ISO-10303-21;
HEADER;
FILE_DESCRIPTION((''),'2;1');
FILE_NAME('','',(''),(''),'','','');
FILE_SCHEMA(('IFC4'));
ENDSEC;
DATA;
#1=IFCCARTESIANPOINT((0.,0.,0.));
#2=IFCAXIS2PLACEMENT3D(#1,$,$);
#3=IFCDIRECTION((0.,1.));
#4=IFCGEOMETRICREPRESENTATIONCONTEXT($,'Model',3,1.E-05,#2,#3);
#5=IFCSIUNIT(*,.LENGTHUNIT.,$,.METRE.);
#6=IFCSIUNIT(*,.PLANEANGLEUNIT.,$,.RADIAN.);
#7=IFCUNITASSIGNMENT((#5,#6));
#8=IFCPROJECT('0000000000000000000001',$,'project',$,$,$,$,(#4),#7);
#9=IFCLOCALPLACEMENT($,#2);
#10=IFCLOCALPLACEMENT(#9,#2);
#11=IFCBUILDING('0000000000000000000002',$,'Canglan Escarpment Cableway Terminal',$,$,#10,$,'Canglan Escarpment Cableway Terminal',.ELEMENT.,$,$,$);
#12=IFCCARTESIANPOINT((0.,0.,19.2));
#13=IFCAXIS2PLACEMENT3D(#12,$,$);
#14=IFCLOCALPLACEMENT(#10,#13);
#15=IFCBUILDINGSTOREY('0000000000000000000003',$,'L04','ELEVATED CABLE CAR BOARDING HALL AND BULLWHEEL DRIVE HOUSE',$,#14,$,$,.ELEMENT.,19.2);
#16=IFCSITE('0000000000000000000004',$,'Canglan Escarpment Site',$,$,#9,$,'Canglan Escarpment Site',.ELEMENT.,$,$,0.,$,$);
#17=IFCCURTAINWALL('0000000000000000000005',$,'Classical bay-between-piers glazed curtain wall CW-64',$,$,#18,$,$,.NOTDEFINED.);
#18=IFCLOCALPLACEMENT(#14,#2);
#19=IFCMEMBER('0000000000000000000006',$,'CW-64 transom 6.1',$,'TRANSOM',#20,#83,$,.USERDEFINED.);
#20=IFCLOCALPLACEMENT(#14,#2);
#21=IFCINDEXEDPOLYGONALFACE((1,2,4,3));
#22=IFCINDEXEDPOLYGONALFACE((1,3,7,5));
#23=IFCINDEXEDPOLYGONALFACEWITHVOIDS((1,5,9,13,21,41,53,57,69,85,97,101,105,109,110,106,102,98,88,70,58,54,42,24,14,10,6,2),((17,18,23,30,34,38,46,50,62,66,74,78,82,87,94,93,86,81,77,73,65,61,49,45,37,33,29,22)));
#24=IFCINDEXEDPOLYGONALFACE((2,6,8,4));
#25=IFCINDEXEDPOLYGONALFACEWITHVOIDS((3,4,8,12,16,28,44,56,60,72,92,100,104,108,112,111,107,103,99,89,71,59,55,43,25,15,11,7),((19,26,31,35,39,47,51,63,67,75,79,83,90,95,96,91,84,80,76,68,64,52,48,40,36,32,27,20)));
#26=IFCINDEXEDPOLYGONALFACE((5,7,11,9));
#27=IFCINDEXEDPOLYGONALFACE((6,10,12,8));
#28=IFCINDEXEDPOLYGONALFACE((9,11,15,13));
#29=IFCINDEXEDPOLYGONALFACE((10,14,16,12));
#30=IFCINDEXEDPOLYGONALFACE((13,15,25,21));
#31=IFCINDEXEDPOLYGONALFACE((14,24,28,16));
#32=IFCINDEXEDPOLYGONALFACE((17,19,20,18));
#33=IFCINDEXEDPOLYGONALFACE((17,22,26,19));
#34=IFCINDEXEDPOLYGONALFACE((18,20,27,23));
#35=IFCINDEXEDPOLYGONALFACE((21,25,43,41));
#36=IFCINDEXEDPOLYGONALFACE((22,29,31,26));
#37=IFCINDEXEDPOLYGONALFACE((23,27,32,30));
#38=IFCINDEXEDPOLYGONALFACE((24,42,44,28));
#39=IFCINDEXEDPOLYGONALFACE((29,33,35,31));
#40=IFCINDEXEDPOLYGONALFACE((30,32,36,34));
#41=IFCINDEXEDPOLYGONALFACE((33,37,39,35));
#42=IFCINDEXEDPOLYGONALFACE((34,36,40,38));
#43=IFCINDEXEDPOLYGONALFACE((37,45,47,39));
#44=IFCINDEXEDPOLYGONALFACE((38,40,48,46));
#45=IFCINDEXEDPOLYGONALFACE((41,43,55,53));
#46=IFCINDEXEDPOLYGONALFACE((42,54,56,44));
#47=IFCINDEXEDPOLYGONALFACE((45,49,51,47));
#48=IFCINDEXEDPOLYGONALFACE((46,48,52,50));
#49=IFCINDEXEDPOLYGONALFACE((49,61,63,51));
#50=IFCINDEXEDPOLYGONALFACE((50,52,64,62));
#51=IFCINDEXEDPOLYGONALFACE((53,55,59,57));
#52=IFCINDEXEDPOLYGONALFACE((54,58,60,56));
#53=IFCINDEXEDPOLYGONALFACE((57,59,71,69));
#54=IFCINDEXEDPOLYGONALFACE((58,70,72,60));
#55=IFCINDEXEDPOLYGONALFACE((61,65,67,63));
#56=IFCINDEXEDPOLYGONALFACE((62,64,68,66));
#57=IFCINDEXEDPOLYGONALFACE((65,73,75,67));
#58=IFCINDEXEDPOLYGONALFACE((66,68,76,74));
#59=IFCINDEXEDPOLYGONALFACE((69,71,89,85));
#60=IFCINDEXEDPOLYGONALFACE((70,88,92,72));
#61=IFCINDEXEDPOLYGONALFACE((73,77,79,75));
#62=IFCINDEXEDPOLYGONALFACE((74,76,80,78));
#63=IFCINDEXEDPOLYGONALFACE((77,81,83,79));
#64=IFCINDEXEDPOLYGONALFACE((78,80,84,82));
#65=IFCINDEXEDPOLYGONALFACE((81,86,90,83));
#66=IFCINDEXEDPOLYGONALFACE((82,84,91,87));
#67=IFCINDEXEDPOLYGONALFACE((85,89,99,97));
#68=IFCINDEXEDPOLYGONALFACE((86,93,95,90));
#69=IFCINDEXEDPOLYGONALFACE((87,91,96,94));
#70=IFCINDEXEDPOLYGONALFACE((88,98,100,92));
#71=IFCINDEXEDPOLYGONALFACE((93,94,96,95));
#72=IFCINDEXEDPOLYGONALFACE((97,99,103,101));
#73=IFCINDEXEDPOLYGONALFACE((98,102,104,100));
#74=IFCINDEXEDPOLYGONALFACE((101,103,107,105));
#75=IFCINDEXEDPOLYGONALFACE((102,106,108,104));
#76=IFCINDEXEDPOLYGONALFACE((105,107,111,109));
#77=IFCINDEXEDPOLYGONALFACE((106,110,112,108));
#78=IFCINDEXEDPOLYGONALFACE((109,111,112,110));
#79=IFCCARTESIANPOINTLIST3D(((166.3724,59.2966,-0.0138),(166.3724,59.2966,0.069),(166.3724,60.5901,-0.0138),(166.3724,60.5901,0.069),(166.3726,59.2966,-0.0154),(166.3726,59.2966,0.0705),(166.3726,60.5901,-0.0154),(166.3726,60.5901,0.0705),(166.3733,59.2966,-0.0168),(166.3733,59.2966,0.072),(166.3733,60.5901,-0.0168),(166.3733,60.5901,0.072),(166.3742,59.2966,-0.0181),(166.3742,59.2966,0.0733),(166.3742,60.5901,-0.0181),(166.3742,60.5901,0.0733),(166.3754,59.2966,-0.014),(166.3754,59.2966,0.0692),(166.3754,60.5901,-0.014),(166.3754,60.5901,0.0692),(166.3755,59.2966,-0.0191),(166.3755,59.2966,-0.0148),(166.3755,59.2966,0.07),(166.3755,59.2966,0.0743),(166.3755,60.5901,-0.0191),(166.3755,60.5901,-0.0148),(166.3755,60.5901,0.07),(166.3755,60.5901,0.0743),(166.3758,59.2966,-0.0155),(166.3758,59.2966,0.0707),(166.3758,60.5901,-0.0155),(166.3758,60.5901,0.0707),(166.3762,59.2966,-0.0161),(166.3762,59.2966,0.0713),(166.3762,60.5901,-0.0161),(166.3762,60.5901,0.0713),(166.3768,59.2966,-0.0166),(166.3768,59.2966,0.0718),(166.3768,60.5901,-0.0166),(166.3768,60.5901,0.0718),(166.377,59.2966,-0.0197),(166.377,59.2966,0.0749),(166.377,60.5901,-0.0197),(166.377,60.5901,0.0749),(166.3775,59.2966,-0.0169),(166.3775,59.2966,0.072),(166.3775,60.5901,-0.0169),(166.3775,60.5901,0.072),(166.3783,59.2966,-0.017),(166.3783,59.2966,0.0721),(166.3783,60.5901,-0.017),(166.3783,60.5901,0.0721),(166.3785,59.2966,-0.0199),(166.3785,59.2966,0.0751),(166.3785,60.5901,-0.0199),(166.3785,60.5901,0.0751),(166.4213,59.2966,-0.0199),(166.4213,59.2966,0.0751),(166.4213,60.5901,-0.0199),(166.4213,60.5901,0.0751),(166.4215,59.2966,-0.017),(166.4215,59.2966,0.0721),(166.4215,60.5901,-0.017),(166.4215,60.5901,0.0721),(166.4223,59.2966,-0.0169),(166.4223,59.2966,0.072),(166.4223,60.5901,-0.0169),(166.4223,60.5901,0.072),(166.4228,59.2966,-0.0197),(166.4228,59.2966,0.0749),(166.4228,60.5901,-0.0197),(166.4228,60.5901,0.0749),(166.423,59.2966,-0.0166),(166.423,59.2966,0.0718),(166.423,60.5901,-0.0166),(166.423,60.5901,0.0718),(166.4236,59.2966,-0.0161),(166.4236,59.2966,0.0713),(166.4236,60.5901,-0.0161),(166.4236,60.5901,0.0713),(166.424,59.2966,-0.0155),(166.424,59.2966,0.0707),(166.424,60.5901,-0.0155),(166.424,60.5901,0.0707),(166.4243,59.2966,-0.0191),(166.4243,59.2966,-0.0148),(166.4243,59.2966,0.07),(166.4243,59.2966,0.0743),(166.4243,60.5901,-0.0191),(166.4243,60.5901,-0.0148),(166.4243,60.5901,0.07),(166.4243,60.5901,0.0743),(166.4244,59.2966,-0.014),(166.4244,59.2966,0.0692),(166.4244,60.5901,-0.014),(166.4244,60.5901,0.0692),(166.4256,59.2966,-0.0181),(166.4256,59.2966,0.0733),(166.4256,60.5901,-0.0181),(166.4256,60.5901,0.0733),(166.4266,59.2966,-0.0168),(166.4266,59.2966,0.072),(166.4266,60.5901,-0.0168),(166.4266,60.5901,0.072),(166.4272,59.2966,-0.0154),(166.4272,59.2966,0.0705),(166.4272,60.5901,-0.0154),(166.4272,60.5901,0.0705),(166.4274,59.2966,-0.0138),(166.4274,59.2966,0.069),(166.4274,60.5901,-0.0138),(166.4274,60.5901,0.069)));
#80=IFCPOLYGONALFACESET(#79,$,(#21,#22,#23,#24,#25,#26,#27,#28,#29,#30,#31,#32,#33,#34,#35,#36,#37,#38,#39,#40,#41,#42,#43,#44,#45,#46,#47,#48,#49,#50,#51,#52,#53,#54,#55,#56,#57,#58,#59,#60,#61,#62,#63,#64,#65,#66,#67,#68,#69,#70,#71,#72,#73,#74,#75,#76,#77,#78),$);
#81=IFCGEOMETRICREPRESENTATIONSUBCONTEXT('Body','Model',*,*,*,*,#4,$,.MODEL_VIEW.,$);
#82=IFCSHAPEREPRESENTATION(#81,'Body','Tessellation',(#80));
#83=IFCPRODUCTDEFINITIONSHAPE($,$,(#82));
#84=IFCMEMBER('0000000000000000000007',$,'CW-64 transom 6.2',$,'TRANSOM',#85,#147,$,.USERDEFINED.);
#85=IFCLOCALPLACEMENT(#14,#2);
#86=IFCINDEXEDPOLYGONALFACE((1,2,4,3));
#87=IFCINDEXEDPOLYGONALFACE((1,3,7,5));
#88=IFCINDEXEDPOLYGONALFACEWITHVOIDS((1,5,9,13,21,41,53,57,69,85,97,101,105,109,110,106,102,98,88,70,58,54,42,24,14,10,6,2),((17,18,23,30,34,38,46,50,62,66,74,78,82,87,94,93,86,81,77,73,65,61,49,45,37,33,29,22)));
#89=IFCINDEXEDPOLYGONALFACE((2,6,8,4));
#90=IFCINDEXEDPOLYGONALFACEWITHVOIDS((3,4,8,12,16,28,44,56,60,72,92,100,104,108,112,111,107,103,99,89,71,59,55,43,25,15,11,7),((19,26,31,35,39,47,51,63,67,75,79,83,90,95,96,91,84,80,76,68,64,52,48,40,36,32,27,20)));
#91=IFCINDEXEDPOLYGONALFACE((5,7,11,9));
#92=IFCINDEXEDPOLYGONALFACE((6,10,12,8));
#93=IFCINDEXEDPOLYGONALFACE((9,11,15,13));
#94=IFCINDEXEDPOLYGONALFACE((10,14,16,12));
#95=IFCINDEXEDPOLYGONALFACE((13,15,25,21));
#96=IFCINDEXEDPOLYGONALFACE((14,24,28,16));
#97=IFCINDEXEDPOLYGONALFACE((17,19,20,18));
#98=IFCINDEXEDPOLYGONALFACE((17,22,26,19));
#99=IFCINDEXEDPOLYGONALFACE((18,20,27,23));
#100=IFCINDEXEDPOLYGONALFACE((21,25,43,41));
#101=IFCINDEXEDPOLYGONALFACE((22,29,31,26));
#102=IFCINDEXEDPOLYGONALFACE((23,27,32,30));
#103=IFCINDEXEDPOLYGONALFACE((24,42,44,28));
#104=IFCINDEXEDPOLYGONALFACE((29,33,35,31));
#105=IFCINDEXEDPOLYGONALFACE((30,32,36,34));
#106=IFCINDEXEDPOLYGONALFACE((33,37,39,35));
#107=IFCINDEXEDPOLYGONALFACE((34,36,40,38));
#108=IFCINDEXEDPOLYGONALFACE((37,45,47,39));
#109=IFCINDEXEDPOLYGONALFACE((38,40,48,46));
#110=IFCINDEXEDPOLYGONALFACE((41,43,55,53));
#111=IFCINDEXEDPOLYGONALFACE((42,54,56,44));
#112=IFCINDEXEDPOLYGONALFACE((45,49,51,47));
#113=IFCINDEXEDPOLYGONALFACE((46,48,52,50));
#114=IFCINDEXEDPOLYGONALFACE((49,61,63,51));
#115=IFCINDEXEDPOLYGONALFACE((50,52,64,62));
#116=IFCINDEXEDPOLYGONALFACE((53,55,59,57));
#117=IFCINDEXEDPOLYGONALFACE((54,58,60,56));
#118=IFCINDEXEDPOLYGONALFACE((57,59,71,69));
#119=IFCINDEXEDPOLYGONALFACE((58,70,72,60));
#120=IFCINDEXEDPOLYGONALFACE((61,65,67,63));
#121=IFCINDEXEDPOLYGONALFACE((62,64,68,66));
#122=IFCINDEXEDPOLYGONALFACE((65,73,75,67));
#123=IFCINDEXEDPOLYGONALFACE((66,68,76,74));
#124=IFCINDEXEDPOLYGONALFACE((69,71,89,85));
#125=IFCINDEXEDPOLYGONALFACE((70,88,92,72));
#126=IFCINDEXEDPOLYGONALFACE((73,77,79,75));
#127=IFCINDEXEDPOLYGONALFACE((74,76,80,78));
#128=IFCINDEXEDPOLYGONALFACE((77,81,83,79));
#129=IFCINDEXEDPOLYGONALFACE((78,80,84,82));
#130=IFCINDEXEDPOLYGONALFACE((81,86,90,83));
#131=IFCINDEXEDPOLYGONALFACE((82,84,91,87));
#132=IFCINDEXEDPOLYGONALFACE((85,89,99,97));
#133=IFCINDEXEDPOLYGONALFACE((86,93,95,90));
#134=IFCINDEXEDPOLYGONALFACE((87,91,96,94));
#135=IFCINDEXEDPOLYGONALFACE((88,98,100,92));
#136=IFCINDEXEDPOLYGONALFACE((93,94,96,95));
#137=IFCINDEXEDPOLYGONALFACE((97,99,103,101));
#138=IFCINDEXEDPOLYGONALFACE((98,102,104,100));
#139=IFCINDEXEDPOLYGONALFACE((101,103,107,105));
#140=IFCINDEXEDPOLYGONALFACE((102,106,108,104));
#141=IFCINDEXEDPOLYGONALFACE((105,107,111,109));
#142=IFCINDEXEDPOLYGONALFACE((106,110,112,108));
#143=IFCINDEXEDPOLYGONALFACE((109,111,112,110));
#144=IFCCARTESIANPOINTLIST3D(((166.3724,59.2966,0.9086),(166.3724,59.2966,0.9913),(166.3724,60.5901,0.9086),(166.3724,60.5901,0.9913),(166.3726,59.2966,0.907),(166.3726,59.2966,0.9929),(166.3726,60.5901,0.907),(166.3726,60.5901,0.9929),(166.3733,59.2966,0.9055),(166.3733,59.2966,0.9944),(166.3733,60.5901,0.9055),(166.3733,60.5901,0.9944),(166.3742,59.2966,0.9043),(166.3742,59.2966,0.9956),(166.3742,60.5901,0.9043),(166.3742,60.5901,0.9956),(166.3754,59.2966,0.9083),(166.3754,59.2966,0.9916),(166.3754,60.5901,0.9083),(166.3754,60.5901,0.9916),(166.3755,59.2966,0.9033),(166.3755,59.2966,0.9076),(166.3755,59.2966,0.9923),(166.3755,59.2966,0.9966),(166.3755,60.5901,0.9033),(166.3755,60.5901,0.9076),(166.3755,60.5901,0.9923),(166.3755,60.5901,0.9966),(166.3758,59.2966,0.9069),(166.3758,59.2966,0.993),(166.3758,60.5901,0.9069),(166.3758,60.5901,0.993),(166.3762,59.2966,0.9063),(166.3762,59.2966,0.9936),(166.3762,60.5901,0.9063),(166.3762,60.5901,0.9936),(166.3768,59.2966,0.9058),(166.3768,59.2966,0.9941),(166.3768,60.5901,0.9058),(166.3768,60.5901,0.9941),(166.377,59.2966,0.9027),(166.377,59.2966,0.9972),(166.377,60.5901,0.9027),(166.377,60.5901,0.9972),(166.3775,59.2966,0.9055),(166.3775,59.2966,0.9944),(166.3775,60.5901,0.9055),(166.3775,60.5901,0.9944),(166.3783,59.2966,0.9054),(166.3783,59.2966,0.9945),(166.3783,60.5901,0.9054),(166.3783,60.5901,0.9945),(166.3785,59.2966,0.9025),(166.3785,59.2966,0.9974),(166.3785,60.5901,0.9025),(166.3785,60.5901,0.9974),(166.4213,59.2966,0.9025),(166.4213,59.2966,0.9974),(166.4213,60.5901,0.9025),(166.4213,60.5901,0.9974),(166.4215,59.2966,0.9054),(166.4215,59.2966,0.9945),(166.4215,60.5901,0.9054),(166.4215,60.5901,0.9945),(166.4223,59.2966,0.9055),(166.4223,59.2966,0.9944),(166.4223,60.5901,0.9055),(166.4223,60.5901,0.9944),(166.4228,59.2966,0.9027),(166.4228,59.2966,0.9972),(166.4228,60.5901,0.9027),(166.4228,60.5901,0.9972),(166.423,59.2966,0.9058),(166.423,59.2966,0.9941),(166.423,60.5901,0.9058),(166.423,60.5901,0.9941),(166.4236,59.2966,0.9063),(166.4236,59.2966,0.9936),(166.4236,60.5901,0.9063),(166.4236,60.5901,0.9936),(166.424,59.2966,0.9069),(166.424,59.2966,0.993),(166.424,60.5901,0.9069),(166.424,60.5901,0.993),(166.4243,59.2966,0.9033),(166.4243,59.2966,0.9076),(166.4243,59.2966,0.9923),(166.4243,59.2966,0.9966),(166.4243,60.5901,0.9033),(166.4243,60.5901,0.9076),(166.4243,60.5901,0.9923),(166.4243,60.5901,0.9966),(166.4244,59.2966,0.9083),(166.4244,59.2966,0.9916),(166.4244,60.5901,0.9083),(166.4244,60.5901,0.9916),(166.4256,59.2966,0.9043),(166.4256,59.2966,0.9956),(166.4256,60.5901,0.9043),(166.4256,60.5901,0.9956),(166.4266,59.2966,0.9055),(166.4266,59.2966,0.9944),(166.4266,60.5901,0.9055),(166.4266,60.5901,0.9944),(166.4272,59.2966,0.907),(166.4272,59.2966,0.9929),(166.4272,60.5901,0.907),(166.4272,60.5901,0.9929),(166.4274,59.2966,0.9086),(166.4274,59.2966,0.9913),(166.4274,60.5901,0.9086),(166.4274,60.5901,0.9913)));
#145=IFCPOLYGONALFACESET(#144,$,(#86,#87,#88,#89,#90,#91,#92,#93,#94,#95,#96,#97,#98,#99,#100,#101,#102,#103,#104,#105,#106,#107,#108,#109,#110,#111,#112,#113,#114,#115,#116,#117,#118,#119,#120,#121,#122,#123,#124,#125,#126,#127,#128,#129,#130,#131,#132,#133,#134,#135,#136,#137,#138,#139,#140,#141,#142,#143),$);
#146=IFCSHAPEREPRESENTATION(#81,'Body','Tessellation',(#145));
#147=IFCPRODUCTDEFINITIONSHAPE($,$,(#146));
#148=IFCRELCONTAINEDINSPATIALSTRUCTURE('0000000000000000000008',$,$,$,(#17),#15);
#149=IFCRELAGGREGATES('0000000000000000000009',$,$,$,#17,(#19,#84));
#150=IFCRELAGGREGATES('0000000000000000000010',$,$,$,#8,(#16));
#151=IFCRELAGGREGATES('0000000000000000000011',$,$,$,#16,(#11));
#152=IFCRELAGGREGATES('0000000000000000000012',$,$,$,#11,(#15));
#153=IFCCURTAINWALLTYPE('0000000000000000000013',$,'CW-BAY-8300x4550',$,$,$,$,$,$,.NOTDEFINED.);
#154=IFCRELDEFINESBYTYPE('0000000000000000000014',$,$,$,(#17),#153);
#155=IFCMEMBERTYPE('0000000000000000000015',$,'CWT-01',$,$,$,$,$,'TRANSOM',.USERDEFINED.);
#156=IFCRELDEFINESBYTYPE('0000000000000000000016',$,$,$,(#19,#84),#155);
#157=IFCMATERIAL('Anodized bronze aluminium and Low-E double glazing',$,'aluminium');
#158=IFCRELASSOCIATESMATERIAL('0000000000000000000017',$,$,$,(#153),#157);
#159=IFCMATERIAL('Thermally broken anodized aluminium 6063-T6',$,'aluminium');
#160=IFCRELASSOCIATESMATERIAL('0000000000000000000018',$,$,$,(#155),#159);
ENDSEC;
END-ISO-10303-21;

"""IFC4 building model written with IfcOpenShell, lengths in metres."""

from ifc_helpers import new_model, si_unit, direction, frame, origin, origin_2d, place, context, subcontext, project, spatial, hollow_rectangle, extrude, material, material_profile, profile_set, type_object, element, aggregate, save


model = new_model("IFC4")

# Units and contexts
model_context = context("Model", 3, precision=1e-05, world=origin(), true_north=direction((0.0, 1.0)))
body_context = subcontext(model_context, "Body", "Model", "MODEL_VIEW")
ifc_project = project(units=[si_unit("LENGTHUNIT", "METRE"), si_unit("PLANEANGLEUNIT", "RADIAN")], contexts=[model_context])

# Site, building, storey
site_placement = place(None, origin())
site = spatial("IfcSite", under=ifc_project, at=site_placement, Name="Canglan Escarpment Site", LongName="Canglan Escarpment Site", CompositionType="ELEMENT", RefElevation=0.0)
building_placement = place(site_placement, origin())
building = spatial("IfcBuilding", under=site, at=building_placement, Name="Canglan Escarpment Cableway Terminal", LongName="Canglan Escarpment Cableway Terminal", CompositionType="ELEMENT")
storey_placement = place(building_placement, frame((0.0, 0.0, 19.2)))
storey = spatial("IfcBuildingStorey", under=building, at=storey_placement, Name="L04", Description="ELEVATED CABLE CAR BOARDING HALL AND BULLWHEEL DRIVE HOUSE", CompositionType="ELEMENT", Elevation=19.2)

# Curtain wall
ifc_material_1 = material(Name="Anodized bronze aluminium and Low-E double glazing", Category="aluminium")
curtain_wall_type = type_object("IfcCurtainWallType", Name="CW-BAY-8300x4550", PredefinedType="NOTDEFINED", material=ifc_material_1)
curtain_wall_1_placement = place(storey_placement, origin())
curtain_wall_1 = element("IfcCurtainWall", 1, at=curtain_wall_1_placement, inside=storey, type_object=curtain_wall_type, Name="Classical bay-between-piers glazed curtain wall CW-64", PredefinedType="NOTDEFINED")
ifc_material_2 = material(Name="Thermally broken anodized aluminium 6063-T6", Category="aluminium")

# Members
ifc_material_profile_1 = material_profile(ifc_material_2, hollow_rectangle(XDim=0.0549, YDim=0.095, WallThickness=0.0029, InnerFilletRadius=0.0029, OuterFilletRadius=0.0061, at=origin_2d()), Name="ALU-TRAN 55x95x3")
ifc_profile_set_1 = profile_set([ifc_material_profile_1], Name="Thermally broken anodized aluminium 6063-T6")
member_type_1 = type_object("IfcMemberType", Name="CWT-01", ElementType="TRANSOM", PredefinedType="USERDEFINED", material=ifc_profile_set_1)
member_1_placement = place(storey_placement, frame((166.3999, 59.2966, 0.0276), z_axis=(0.0, 1.0, 0.0), x_axis=(-1.0, 0.0, 0.0)))
member_1 = element("IfcMember", 2, at=member_1_placement, type_object=member_type_1, Name="CW-64 transom 6.1", ObjectType="TRANSOM", PredefinedType="USERDEFINED", context=body_context, shape_type="SweptSolid", body=[
    extrude(hollow_rectangle(XDim=0.0549, YDim=0.095, WallThickness=0.0029, InnerFilletRadius=0.0029, OuterFilletRadius=0.0061, at=origin_2d()), origin(), (0.0, 0.0, 1.0), 1.2935),
])
member_2_placement = place(storey_placement, frame((166.3999, 59.2966, 0.95), z_axis=(0.0, 1.0, 0.0), x_axis=(-1.0, 0.0, 0.0)))
member_2 = element("IfcMember", 3, at=member_2_placement, type_object=member_type_1, Name="CW-64 transom 6.2", ObjectType="TRANSOM", PredefinedType="USERDEFINED", context=body_context, shape_type="SweptSolid", body=[
    extrude(hollow_rectangle(XDim=0.0549, YDim=0.095, WallThickness=0.0029, InnerFilletRadius=0.0029, OuterFilletRadius=0.0061, at=origin_2d()), origin(), (0.0, 0.0, 1.0), 1.2935),
])

aggregate(curtain_wall_1, [member_1, member_2])

save(model, "model.ifc")
